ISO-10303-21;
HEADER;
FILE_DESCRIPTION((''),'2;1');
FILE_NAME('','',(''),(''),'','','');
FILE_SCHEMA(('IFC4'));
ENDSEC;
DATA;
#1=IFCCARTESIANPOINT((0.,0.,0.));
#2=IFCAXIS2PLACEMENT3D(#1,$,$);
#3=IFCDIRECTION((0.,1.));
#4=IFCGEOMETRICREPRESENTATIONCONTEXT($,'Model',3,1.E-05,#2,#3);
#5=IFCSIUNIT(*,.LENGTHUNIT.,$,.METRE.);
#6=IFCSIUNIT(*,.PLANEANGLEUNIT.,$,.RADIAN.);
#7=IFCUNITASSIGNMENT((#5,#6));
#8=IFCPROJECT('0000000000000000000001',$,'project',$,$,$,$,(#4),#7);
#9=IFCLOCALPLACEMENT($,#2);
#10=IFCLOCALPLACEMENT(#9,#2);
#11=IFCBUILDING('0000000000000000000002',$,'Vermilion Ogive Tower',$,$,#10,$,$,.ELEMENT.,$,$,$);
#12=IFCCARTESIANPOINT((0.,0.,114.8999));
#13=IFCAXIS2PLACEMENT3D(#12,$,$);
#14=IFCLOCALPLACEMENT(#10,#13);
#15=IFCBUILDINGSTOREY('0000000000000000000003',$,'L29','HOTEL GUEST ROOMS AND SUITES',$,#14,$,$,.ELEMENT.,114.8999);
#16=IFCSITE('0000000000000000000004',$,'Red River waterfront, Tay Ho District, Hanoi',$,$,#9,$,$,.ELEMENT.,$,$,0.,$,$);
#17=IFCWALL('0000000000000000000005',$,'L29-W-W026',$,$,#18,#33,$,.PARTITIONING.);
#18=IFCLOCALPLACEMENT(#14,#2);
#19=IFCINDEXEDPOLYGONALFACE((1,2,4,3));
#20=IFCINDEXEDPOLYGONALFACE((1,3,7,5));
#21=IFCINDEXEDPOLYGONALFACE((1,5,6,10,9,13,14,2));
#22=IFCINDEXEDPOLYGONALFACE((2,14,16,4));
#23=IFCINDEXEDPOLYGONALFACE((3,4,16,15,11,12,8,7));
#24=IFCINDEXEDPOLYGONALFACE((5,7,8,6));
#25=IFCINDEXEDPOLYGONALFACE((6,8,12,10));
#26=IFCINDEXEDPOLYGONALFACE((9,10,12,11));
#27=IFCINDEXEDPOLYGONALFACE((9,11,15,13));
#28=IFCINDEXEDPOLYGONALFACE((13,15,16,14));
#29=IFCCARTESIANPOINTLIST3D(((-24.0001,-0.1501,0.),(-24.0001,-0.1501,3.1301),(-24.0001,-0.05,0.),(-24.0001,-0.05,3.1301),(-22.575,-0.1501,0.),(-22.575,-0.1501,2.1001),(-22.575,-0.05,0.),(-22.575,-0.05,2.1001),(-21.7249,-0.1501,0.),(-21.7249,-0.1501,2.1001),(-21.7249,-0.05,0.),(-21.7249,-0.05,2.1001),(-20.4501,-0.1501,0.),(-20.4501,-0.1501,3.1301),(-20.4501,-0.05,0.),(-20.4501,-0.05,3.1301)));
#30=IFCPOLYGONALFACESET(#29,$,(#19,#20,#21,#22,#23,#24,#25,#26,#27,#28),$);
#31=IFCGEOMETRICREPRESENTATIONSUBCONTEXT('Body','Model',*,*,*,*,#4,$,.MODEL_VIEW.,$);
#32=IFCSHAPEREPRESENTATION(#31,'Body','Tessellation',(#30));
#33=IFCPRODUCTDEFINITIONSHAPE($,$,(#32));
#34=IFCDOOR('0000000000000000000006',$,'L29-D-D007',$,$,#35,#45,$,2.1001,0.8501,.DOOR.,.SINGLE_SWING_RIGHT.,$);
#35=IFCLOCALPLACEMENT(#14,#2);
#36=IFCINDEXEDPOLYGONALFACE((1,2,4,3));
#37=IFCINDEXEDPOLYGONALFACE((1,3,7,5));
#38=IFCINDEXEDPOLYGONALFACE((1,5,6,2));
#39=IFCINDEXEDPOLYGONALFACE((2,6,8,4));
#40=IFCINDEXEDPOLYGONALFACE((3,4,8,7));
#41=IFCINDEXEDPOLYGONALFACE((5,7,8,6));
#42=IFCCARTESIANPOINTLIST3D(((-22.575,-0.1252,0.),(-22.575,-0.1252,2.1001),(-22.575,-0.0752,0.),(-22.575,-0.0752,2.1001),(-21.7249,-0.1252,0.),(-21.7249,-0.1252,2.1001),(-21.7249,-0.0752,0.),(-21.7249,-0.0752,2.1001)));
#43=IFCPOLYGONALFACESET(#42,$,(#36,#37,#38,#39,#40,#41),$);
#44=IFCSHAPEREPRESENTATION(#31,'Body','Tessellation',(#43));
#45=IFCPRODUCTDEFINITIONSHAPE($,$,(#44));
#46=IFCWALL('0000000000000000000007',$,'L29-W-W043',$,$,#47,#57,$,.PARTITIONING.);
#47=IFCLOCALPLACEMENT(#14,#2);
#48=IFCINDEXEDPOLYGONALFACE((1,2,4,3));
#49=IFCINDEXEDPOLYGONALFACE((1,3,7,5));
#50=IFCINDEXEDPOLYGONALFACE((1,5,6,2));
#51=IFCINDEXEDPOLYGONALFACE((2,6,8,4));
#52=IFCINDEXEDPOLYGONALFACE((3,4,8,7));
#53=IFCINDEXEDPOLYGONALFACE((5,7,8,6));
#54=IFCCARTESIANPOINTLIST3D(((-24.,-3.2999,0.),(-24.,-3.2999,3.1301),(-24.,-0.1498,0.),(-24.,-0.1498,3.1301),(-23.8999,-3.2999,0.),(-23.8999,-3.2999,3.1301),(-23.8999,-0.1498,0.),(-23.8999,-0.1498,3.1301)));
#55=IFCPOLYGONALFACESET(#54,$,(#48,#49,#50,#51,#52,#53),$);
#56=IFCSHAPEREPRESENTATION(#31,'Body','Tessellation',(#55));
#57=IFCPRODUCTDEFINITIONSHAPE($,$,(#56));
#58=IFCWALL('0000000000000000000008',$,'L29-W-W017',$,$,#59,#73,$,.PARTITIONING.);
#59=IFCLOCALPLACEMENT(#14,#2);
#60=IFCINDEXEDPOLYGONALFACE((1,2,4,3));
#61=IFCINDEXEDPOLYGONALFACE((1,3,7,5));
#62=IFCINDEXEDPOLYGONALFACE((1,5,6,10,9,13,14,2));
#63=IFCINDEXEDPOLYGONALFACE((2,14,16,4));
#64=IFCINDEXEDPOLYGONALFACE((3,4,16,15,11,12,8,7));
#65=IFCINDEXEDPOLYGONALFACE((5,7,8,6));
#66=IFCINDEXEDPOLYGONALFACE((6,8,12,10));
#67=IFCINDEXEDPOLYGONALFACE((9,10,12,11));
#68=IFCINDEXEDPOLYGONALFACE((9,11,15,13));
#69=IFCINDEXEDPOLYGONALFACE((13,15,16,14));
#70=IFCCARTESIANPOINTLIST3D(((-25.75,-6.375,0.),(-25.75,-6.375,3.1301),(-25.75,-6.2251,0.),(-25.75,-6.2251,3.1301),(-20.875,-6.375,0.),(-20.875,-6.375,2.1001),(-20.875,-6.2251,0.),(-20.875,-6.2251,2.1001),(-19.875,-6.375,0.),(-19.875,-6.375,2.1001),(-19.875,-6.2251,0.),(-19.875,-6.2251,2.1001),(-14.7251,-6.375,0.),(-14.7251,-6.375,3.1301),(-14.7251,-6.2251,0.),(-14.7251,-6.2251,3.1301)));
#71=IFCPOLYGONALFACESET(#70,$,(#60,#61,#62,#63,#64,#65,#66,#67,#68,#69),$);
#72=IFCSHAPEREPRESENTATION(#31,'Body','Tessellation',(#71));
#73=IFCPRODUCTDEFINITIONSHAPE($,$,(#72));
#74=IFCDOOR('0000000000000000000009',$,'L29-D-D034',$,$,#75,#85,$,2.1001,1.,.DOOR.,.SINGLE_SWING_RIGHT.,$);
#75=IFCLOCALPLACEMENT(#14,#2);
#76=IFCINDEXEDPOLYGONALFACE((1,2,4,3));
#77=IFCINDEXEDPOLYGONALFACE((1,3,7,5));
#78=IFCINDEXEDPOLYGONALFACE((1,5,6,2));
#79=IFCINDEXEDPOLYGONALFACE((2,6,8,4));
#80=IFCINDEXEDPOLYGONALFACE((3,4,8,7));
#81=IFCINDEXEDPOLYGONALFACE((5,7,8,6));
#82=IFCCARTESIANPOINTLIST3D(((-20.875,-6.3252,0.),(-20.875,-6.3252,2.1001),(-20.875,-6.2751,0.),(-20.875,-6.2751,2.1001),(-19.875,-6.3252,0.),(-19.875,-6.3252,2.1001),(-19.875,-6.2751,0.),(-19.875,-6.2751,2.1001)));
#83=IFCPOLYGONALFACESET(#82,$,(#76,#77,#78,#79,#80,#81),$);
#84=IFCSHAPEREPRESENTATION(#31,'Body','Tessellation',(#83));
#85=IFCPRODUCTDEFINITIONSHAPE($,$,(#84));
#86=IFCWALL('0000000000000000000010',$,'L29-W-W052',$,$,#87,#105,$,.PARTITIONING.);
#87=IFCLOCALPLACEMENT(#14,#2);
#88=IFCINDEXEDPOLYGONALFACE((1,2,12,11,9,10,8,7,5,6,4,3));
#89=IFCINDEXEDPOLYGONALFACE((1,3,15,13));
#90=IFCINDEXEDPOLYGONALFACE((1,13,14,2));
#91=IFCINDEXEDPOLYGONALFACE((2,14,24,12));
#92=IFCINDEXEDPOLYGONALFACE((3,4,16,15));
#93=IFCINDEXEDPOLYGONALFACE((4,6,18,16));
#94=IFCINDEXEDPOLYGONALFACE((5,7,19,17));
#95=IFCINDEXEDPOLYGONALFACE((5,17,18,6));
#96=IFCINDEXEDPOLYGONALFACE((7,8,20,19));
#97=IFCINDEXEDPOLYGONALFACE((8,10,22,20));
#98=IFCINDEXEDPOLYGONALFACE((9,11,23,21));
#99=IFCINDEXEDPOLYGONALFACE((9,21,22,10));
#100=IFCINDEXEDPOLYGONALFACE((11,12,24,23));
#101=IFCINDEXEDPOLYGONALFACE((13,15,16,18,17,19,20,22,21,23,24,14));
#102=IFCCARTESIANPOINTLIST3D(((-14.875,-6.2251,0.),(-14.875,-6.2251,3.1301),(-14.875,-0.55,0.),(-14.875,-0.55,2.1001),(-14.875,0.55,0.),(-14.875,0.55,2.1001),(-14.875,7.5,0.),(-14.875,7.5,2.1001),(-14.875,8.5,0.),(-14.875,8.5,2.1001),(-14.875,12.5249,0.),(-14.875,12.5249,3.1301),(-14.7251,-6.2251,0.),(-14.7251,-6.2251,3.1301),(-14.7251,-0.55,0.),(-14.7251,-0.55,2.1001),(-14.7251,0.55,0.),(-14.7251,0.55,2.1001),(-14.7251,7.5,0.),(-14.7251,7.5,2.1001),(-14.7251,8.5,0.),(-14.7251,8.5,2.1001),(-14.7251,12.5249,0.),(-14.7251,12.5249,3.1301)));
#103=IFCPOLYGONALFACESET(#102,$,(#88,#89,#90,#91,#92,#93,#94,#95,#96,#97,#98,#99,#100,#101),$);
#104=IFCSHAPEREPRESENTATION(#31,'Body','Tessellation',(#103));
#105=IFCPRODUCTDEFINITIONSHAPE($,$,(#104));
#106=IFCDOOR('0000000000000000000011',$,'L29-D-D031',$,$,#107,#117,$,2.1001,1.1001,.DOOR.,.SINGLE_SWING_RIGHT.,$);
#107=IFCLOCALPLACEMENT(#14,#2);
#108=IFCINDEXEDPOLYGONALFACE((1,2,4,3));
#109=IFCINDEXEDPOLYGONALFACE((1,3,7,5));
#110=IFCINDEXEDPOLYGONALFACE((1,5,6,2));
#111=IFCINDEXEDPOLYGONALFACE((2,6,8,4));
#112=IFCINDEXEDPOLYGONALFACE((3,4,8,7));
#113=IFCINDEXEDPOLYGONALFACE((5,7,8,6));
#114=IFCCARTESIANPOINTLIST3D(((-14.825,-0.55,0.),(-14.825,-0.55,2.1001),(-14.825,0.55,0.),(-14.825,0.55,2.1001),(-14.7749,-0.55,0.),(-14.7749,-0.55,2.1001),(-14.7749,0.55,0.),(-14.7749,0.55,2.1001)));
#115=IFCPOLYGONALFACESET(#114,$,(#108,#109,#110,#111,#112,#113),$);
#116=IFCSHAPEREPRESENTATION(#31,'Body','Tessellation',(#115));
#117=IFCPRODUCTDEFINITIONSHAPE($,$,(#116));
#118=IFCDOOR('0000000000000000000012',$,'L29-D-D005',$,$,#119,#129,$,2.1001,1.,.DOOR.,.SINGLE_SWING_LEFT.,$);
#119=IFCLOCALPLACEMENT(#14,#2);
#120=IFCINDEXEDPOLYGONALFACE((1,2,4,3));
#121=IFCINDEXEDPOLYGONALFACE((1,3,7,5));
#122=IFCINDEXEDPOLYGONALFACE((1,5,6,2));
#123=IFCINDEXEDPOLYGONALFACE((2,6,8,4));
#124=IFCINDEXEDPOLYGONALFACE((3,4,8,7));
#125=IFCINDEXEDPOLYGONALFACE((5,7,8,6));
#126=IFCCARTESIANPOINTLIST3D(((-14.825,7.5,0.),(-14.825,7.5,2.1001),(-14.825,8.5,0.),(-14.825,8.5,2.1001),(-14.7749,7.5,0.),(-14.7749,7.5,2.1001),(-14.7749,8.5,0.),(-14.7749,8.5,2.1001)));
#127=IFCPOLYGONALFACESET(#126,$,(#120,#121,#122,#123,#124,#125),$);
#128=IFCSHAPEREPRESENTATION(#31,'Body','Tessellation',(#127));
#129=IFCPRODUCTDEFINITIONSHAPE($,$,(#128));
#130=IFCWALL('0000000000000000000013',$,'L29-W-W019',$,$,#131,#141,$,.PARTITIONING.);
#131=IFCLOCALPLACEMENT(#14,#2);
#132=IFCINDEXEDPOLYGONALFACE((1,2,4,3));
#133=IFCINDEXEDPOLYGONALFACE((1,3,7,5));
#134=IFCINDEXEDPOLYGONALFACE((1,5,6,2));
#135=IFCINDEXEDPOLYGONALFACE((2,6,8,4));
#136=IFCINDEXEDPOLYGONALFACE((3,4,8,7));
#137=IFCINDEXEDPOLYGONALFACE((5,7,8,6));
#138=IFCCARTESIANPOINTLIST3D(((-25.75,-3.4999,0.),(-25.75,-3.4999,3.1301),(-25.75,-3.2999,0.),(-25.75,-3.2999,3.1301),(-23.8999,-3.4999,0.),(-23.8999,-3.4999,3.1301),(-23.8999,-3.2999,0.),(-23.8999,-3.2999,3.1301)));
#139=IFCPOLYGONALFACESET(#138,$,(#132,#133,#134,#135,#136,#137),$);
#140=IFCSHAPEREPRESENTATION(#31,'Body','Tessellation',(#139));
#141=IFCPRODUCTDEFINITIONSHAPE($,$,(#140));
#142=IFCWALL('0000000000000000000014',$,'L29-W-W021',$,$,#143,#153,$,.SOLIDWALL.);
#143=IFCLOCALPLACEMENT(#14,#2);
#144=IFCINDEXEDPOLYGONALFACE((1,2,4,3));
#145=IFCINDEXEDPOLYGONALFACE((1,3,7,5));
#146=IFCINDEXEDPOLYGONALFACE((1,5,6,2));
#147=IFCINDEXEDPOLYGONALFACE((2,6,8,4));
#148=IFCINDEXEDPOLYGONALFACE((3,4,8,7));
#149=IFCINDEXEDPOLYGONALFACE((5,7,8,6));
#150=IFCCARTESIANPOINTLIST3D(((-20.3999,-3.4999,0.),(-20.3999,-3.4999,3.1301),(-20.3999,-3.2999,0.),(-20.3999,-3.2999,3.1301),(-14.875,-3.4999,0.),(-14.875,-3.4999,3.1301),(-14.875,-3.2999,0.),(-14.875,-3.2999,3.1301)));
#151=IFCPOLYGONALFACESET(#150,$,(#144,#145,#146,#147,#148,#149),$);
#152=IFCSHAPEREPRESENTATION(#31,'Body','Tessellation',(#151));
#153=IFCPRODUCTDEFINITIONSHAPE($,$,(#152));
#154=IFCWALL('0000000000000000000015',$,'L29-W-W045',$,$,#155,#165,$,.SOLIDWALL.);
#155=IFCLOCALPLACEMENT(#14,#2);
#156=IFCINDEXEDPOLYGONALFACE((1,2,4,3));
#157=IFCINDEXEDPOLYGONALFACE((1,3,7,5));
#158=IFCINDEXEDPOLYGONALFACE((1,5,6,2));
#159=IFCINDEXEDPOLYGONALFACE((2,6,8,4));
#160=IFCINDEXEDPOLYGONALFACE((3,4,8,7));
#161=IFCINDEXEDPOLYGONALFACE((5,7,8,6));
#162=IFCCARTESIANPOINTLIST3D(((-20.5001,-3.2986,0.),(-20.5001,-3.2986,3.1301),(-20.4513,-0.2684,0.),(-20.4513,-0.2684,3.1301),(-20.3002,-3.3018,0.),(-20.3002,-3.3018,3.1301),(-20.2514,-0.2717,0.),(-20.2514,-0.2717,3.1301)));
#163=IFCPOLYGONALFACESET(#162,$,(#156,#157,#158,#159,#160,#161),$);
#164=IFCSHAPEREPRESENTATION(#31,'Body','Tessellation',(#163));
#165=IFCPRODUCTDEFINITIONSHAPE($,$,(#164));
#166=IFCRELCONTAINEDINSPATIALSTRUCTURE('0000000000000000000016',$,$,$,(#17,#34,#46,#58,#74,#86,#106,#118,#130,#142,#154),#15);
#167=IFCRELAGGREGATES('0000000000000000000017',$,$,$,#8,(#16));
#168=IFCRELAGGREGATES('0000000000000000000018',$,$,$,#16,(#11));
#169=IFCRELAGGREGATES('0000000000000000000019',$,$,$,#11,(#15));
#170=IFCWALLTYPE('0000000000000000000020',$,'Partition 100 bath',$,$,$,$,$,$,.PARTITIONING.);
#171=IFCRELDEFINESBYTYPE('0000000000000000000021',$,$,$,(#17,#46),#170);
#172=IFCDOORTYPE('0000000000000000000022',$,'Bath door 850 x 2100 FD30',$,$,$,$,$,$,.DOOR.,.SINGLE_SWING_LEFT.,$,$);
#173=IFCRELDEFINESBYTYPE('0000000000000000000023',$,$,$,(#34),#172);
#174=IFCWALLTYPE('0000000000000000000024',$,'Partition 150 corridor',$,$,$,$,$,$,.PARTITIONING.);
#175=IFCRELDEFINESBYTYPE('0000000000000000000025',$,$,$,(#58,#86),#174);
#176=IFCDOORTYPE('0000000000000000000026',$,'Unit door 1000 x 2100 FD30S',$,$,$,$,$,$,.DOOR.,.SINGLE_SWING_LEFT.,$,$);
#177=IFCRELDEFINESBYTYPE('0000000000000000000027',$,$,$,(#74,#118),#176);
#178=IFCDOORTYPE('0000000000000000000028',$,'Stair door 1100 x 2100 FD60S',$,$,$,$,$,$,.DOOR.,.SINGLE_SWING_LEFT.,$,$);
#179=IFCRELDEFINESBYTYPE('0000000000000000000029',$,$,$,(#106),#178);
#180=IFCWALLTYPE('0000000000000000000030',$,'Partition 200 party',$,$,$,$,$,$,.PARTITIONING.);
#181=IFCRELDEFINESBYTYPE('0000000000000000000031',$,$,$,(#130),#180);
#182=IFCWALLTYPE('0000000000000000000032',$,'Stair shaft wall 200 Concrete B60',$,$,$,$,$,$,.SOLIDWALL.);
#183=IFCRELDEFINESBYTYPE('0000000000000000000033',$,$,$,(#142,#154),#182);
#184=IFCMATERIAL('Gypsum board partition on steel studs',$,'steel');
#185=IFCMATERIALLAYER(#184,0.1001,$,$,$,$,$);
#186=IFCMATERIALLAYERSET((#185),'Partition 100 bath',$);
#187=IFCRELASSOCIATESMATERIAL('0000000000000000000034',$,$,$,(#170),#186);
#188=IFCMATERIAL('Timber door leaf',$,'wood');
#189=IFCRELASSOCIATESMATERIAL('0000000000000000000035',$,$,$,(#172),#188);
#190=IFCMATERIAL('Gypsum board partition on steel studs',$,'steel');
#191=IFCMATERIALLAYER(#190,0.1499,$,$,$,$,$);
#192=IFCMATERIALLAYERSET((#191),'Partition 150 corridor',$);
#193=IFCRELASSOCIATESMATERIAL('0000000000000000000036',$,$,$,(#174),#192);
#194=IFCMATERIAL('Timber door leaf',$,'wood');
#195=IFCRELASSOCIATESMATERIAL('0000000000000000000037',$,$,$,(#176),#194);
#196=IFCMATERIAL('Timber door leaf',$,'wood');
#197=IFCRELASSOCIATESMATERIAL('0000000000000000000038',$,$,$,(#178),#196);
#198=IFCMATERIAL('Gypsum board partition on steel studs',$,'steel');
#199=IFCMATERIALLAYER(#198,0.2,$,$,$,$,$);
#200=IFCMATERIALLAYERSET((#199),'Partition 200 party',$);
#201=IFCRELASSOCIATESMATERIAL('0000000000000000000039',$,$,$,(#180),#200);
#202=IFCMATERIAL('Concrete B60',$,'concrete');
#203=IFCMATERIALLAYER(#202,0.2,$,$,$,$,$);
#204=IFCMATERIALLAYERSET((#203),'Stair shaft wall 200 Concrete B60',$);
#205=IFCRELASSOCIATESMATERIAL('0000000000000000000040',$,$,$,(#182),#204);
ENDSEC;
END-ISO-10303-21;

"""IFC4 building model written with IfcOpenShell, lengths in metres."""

from ifc_helpers import new_model, si_unit, direction, frame, frame_2d, origin, place, context, subcontext, project, spatial, rectangle, extrude, material, layer, layer_set, type_object, element, fill, save


model = new_model("IFC4")

# Units and contexts
model_context = context("Model", 3, precision=1e-05, world=origin(), true_north=direction((0.0, 1.0)))
body_context = subcontext(model_context, "Body", "Model", "MODEL_VIEW")
ifc_project = project(units=[si_unit("LENGTHUNIT", "METRE"), si_unit("PLANEANGLEUNIT", "RADIAN")], contexts=[model_context])

# Site, building, storey
site_placement = place(None, origin())
site = spatial("IfcSite", under=ifc_project, at=site_placement, Name="Red River waterfront, Tay Ho District, Hanoi", CompositionType="ELEMENT", RefElevation=0.0)
building_placement = place(site_placement, origin())
building = spatial("IfcBuilding", under=site, at=building_placement, Name="Vermilion Ogive Tower", CompositionType="ELEMENT")
storey_placement = place(building_placement, frame((0.0, 0.0, 114.8999)))
storey = spatial("IfcBuildingStorey", under=building, at=storey_placement, Name="L29", Description="HOTEL GUEST ROOMS AND SUITES", CompositionType="ELEMENT", Elevation=114.8999)

# Shared definitions
ifc_material_1 = material(Name="Gypsum board partition on steel studs", Category="steel")
ifc_layer_1 = layer(ifc_material_1, 0.1001)
ifc_layer_set_1 = layer_set([ifc_layer_1], Name="Partition 100 bath")
wall_type_1 = type_object("IfcWallType", Name="Partition 100 bath", PredefinedType="PARTITIONING", material=ifc_layer_set_1)

# Wall, opening, door
wall_1_placement = place(storey_placement, frame((-24.0, -0.1001, 0.0), z_axis=(0.0, 0.0, 1.0), x_axis=(1.0, 0.0, 0.0)))
wall_1 = element("IfcWall", 1, at=wall_1_placement, inside=storey, type_object=wall_type_1, Name="L29-W-W026", PredefinedType="PARTITIONING", context=body_context, shape_type="SweptSolid", body=[
    extrude(rectangle(XDim=3.55, YDim=0.1001, at=frame_2d((1.7749, 0.0))), origin(), (0.0, 0.0, 1.0), 3.1301),
])
opening_1_placement = place(wall_1_placement, frame((1.425, 0.0, 0.0)))
opening_1 = element("IfcOpeningElement", 2, at=opening_1_placement, cuts=wall_1, PredefinedType="OPENING", context=body_context, shape_type="SweptSolid", body=[
    extrude(rectangle(XDim=0.8501, YDim=2.1001, at=frame_2d((0.425, 1.05))), frame((0.0, 0.0601, 0.0), z_axis=(0.0, -1.0, 0.0), x_axis=(1.0, 0.0, 0.0)), (0.0, 0.0, 1.0), 0.1201),
])
ifc_material_2 = material(Name="Timber door leaf", Category="wood")
door_type_1 = type_object("IfcDoorType", Name="Bath door 850 x 2100 FD30", OperationType="SINGLE_SWING_LEFT", PredefinedType="DOOR", material=ifc_material_2)
door_1_placement = place(opening_1_placement, origin())
door_1 = element("IfcDoor", 3, at=door_1_placement, inside=storey, type_object=door_type_1, Name="L29-D-D007", OperationType="SINGLE_SWING_RIGHT", OverallHeight=2.1001, OverallWidth=0.8501, PredefinedType="DOOR", context=body_context, shape_type="SweptSolid", body=[
    extrude(rectangle(XDim=0.8501, YDim=2.1001, at=frame_2d((0.425, 1.05))), frame((0.0, 0.0249, 0.0), z_axis=(0.0, -1.0, 0.0), x_axis=(1.0, 0.0, 0.0)), (0.0, 0.0, 1.0), 0.05),
])
fill(opening_1, door_1)

# Wall
wall_2_placement = place(storey_placement, frame((-23.95, -3.3, 0.0), z_axis=(0.0, 0.0, 1.0), x_axis=(0.0, 1.0, 0.0)))
element("IfcWall", 4, at=wall_2_placement, inside=storey, type_object=wall_type_1, Name="L29-W-W043", PredefinedType="PARTITIONING", context=body_context, shape_type="SweptSolid", body=[
    extrude(rectangle(XDim=3.1501, YDim=0.1001, at=frame_2d((1.5752, 0.0))), origin(), (0.0, 0.0, 1.0), 3.1301),
])

# Wall, opening, door
ifc_material_3 = material(Name="Gypsum board partition on steel studs", Category="steel")
ifc_layer_2 = layer(ifc_material_3, 0.1499)
ifc_layer_set_2 = layer_set([ifc_layer_2], Name="Partition 150 corridor")
wall_type_2 = type_object("IfcWallType", Name="Partition 150 corridor", PredefinedType="PARTITIONING", material=ifc_layer_set_2)
wall_3_placement = place(storey_placement, frame((-25.75, -6.3, 0.0), z_axis=(0.0, 0.0, 1.0), x_axis=(1.0, 0.0, 0.0)))
wall_3 = element("IfcWall", 5, at=wall_3_placement, inside=storey, type_object=wall_type_2, Name="L29-W-W017", PredefinedType="PARTITIONING", context=body_context, shape_type="SweptSolid", body=[
    extrude(rectangle(XDim=11.0249, YDim=0.1499, at=frame_2d((5.5125, 0.0))), origin(), (0.0, 0.0, 1.0), 3.1301),
])
opening_2_placement = place(wall_3_placement, frame((4.875, 0.0, 0.0)))
opening_2 = element("IfcOpeningElement", 6, at=opening_2_placement, cuts=wall_3, PredefinedType="OPENING", context=body_context, shape_type="SweptSolid", body=[
    extrude(rectangle(XDim=1.0, YDim=2.1001, at=frame_2d((0.5, 1.05))), frame((0.0, 0.085, 0.0), z_axis=(0.0, -1.0, 0.0), x_axis=(1.0, 0.0, 0.0)), (0.0, 0.0, 1.0), 0.1699),
])
ifc_material_4 = material(Name="Timber door leaf", Category="wood")
door_type_2 = type_object("IfcDoorType", Name="Unit door 1000 x 2100 FD30S", OperationType="SINGLE_SWING_LEFT", PredefinedType="DOOR", material=ifc_material_4)
door_2_placement = place(opening_2_placement, origin())
door_2 = element("IfcDoor", 7, at=door_2_placement, inside=storey, type_object=door_type_2, Name="L29-D-D034", OperationType="SINGLE_SWING_RIGHT", OverallHeight=2.1001, OverallWidth=1.0, PredefinedType="DOOR", context=body_context, shape_type="SweptSolid", body=[
    extrude(rectangle(XDim=1.0, YDim=2.1001, at=frame_2d((0.5, 1.05))), frame((0.0, 0.0249, 0.0), z_axis=(0.0, -1.0, 0.0), x_axis=(1.0, 0.0, 0.0)), (0.0, 0.0, 1.0), 0.05),
])
fill(opening_2, door_2)

# Wall, openings, doors
wall_4_placement = place(storey_placement, frame((-14.8, -6.2251, 0.0), z_axis=(0.0, 0.0, 1.0), x_axis=(0.0, 1.0, 0.0)))
wall_4 = element("IfcWall", 8, at=wall_4_placement, inside=storey, type_object=wall_type_2, Name="L29-W-W052", PredefinedType="PARTITIONING", context=body_context, shape_type="SweptSolid", body=[
    extrude(rectangle(XDim=18.75, YDim=0.1499, at=frame_2d((9.375, 0.0))), origin(), (0.0, 0.0, 1.0), 3.1301),
])
opening_3_placement = place(wall_4_placement, frame((13.7251, 0.0, 0.0)))
opening_3 = element("IfcOpeningElement", 9, at=opening_3_placement, cuts=wall_4, PredefinedType="OPENING", context=body_context, shape_type="SweptSolid", body=[
    extrude(rectangle(XDim=1.0, YDim=2.1001, at=frame_2d((0.5, 1.05))), frame((0.0, 0.085, 0.0), z_axis=(0.0, -1.0, 0.0), x_axis=(1.0, 0.0, 0.0)), (0.0, 0.0, 1.0), 0.1699),
])
opening_4_placement = place(wall_4_placement, frame((5.675, 0.0, 0.0)))
opening_4 = element("IfcOpeningElement", 10, at=opening_4_placement, cuts=wall_4, PredefinedType="OPENING", context=body_context, shape_type="SweptSolid", body=[
    extrude(rectangle(XDim=1.1001, YDim=2.1001, at=frame_2d((0.55, 1.05))), frame((0.0, 0.085, 0.0), z_axis=(0.0, -1.0, 0.0), x_axis=(1.0, 0.0, 0.0)), (0.0, 0.0, 1.0), 0.1699),
])
ifc_material_5 = material(Name="Timber door leaf", Category="wood")
door_type_3 = type_object("IfcDoorType", Name="Stair door 1100 x 2100 FD60S", OperationType="SINGLE_SWING_LEFT", PredefinedType="DOOR", material=ifc_material_5)
door_3_placement = place(opening_4_placement, origin())
door_3 = element("IfcDoor", 11, at=door_3_placement, inside=storey, type_object=door_type_3, Name="L29-D-D031", OperationType="SINGLE_SWING_RIGHT", OverallHeight=2.1001, OverallWidth=1.1001, PredefinedType="DOOR", context=body_context, shape_type="SweptSolid", body=[
    extrude(rectangle(XDim=1.1001, YDim=2.1001, at=frame_2d((0.55, 1.05))), frame((0.0, 0.0249, 0.0), z_axis=(0.0, -1.0, 0.0), x_axis=(1.0, 0.0, 0.0)), (0.0, 0.0, 1.0), 0.05),
])
fill(opening_4, door_3)
door_4_placement = place(opening_3_placement, origin())
door_4 = element("IfcDoor", 12, at=door_4_placement, inside=storey, type_object=door_type_2, Name="L29-D-D005", OperationType="SINGLE_SWING_LEFT", OverallHeight=2.1001, OverallWidth=1.0, PredefinedType="DOOR", context=body_context, shape_type="SweptSolid", body=[
    extrude(rectangle(XDim=1.0, YDim=2.1001, at=frame_2d((0.5, 1.05))), frame((0.0, 0.0249, 0.0), z_axis=(0.0, -1.0, 0.0), x_axis=(1.0, 0.0, 0.0)), (0.0, 0.0, 1.0), 0.05),
])
fill(opening_3, door_4)

# Walls
ifc_material_6 = material(Name="Gypsum board partition on steel studs", Category="steel")
ifc_layer_3 = layer(ifc_material_6, 0.2)
ifc_layer_set_3 = layer_set([ifc_layer_3], Name="Partition 200 party")
wall_type_3 = type_object("IfcWallType", Name="Partition 200 party", PredefinedType="PARTITIONING", material=ifc_layer_set_3)
wall_5_placement = place(storey_placement, frame((-25.75, -3.3999, 0.0), z_axis=(0.0, 0.0, 1.0), x_axis=(1.0, 0.0, 0.0)))
element("IfcWall", 13, at=wall_5_placement, inside=storey, type_object=wall_type_3, Name="L29-W-W019", PredefinedType="PARTITIONING", context=body_context, shape_type="SweptSolid", body=[
    extrude(rectangle(XDim=1.8501, YDim=0.2, at=frame_2d((0.925, 0.0))), origin(), (0.0, 0.0, 1.0), 3.1301),
])
ifc_material_7 = material(Name="Concrete B60", Category="concrete")
ifc_layer_4 = layer(ifc_material_7, 0.2)
ifc_layer_set_4 = layer_set([ifc_layer_4], Name="Stair shaft wall 200 Concrete B60")
wall_type_4 = type_object("IfcWallType", Name="Stair shaft wall 200 Concrete B60", PredefinedType="SOLIDWALL", material=ifc_layer_set_4)
wall_6_placement = place(storey_placement, frame((-20.3999, -3.3999, 0.0), z_axis=(0.0, 0.0, 1.0), x_axis=(1.0, 0.0, 0.0)))
element("IfcWall", 14, at=wall_6_placement, inside=storey, type_object=wall_type_4, Name="L29-W-W021", PredefinedType="SOLIDWALL", context=body_context, shape_type="SweptSolid", body=[
    extrude(rectangle(XDim=5.5249, YDim=0.2, at=frame_2d((2.7625, 0.0))), origin(), (0.0, 0.0, 1.0), 3.1301),
])
wall_7_placement = place(storey_placement, frame((-20.4001, -3.3, 0.0), z_axis=(0.0, 0.0, 1.0), x_axis=(0.016113, 0.99987, 0.0)))
element("IfcWall", 15, at=wall_7_placement, inside=storey, type_object=wall_type_4, Name="L29-W-W045", PredefinedType="SOLIDWALL", context=body_context, shape_type="SweptSolid", body=[
    extrude(rectangle(XDim=3.0305, YDim=0.2, at=frame_2d((1.5151, 0.0))), origin(), (0.0, 0.0, 1.0), 3.1301),
])

save(model, "model.ifc")
